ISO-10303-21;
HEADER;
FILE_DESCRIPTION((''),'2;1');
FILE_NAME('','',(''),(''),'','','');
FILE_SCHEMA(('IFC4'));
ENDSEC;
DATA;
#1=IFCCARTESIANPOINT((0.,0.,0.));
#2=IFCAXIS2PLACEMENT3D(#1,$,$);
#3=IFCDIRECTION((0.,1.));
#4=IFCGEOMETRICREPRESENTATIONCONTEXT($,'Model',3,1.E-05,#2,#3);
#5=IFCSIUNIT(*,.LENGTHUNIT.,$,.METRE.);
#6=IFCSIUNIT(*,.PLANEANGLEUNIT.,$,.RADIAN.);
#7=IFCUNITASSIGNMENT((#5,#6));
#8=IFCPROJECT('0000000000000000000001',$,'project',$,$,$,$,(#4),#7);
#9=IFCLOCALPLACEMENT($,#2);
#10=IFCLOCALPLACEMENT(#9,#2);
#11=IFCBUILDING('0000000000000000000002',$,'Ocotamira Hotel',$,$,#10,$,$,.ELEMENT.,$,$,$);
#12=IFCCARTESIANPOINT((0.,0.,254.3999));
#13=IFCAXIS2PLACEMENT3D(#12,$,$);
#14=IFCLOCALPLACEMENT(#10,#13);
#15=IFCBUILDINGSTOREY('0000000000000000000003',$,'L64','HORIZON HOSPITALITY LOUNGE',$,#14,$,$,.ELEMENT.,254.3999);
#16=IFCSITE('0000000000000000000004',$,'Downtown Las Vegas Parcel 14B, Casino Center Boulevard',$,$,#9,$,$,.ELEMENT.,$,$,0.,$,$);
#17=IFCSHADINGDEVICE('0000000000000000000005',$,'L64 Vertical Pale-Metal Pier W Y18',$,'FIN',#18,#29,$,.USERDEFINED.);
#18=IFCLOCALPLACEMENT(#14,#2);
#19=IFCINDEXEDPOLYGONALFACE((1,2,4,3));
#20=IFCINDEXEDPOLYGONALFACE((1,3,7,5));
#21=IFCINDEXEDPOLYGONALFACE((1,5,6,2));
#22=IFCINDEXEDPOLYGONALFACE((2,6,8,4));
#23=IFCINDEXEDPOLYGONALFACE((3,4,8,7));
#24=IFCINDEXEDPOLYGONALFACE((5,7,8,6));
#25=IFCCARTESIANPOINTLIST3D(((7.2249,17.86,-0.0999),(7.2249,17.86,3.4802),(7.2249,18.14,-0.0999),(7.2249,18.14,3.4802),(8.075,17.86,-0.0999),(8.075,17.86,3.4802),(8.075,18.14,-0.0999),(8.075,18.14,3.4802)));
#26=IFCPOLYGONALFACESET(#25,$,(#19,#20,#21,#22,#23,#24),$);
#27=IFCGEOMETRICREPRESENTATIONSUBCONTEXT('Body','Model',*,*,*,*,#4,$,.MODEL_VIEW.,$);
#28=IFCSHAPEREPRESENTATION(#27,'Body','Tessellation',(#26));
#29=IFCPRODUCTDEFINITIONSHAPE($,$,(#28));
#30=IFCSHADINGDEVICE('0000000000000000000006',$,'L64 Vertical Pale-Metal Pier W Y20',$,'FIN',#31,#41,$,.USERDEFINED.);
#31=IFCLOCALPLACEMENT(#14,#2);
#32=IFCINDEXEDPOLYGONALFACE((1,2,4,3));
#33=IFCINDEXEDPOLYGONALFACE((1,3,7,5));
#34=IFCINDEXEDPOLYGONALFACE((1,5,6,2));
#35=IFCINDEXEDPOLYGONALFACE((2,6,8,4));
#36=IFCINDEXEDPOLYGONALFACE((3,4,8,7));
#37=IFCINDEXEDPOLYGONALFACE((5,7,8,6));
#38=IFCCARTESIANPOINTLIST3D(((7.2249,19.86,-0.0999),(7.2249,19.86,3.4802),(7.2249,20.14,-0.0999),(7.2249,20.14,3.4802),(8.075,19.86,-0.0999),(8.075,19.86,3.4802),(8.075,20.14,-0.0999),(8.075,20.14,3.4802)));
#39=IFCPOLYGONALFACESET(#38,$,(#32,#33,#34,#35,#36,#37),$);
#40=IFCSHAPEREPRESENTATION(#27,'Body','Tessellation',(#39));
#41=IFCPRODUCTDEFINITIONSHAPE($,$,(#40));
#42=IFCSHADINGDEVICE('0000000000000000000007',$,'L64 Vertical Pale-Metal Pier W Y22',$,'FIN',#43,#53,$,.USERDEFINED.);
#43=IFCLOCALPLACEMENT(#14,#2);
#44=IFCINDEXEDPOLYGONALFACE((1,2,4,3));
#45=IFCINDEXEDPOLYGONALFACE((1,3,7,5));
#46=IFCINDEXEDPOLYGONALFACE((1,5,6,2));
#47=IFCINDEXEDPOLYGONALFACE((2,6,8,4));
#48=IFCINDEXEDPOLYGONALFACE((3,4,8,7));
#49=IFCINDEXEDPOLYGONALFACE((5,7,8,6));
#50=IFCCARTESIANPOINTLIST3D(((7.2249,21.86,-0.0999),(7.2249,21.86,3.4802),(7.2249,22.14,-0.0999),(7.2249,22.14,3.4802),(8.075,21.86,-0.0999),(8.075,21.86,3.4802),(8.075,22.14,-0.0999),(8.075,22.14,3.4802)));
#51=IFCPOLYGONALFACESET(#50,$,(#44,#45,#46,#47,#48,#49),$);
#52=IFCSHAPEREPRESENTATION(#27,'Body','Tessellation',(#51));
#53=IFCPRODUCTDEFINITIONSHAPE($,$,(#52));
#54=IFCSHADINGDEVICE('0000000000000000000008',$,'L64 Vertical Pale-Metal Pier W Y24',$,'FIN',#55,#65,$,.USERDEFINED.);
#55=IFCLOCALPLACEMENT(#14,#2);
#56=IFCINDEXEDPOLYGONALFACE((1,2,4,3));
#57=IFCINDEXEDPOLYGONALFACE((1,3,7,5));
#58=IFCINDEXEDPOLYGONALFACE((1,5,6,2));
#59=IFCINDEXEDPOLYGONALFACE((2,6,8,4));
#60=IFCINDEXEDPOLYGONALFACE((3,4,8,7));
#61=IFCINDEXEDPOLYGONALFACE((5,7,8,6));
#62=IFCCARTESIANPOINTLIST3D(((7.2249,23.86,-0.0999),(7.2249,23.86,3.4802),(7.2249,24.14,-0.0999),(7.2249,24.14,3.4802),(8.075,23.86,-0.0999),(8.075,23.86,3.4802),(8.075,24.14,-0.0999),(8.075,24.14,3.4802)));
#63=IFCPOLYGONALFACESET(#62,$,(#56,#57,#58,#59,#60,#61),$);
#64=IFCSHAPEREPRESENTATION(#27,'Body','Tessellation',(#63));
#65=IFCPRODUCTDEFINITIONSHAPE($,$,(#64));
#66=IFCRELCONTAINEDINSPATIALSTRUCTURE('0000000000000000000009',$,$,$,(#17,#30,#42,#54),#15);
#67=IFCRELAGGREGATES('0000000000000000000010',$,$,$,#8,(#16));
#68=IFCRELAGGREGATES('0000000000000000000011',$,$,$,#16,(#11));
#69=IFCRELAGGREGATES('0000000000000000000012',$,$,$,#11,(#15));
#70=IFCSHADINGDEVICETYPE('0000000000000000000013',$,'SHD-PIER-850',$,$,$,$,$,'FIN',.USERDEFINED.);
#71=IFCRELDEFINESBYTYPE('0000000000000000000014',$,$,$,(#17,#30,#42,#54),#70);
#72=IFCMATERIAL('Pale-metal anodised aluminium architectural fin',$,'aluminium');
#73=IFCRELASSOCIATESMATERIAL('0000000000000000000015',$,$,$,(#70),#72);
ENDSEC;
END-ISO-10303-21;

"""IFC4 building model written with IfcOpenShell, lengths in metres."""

from ifc_helpers import new_model, si_unit, direction, frame, origin, origin_2d, place, context, subcontext, project, spatial, rectangle, extrude, source, transform, mapped, material, type_object, element, save


model = new_model("IFC4")

# Units and contexts
model_context = context("Model", 3, precision=1e-05, world=origin(), true_north=direction((0.0, 1.0)))
body_context = subcontext(model_context, "Body", "Model", "MODEL_VIEW")
ifc_project = project(units=[si_unit("LENGTHUNIT", "METRE"), si_unit("PLANEANGLEUNIT", "RADIAN")], contexts=[model_context])

# Site, building, storey
site_placement = place(None, origin())
site = spatial("IfcSite", under=ifc_project, at=site_placement, Name="Downtown Las Vegas Parcel 14B, Casino Center Boulevard", CompositionType="ELEMENT", RefElevation=0.0)
building_placement = place(site_placement, origin())
building = spatial("IfcBuilding", under=site, at=building_placement, Name="Ocotamira Hotel", CompositionType="ELEMENT")
storey_placement = place(building_placement, frame((0.0, 0.0, 254.3999)))
storey = spatial("IfcBuildingStorey", under=building, at=storey_placement, Name="L64", Description="HORIZON HOSPITALITY LOUNGE", CompositionType="ELEMENT", Elevation=254.3999)

# Shading devices
ifc_material_1 = material(Name="Pale-metal anodised aluminium architectural fin", Category="aluminium")
shading_device_type = type_object("IfcShadingDeviceType", Name="SHD-PIER-850", ElementType="FIN", PredefinedType="USERDEFINED", material=ifc_material_1)
shared_shape_1 = source(origin(), body_context, "Body", "SweptSolid", [
    extrude(rectangle(XDim=0.8501, YDim=0.28, at=origin_2d()), origin(), (0.0, 0.0, 1.0), 3.5801),
])
for number, where, z_axis, x_axis, name in (
    (1, (7.6499, 18.0, -0.0999), (0.0, 0.0, 1.0), (1.0, 0.0, 0.0), "L64 Vertical Pale-Metal Pier W Y18"),
    (2, (7.6499, 20.0, -0.0999), (0.0, 0.0, 1.0), (1.0, 0.0, 0.0), "L64 Vertical Pale-Metal Pier W Y20"),
    (3, (7.6499, 22.0, -0.0999), (0.0, 0.0, 1.0), (1.0, 0.0, 0.0), "L64 Vertical Pale-Metal Pier W Y22"),
    (4, (7.6499, 24.0, -0.0999), (0.0, 0.0, 1.0), (1.0, 0.0, 0.0), "L64 Vertical Pale-Metal Pier W Y24"),
):
    element("IfcShadingDevice", number, at=place(storey_placement, frame(where, z_axis=z_axis, x_axis=x_axis)), inside=storey, type_object=shading_device_type, Name=name, ObjectType="FIN", PredefinedType="USERDEFINED", context=body_context, shape_type="MappedRepresentation", body=[
        mapped(shared_shape_1, transform((0.0, 0.0, 0.0), scale=1.0)),
    ])

save(model, "model.ifc")
